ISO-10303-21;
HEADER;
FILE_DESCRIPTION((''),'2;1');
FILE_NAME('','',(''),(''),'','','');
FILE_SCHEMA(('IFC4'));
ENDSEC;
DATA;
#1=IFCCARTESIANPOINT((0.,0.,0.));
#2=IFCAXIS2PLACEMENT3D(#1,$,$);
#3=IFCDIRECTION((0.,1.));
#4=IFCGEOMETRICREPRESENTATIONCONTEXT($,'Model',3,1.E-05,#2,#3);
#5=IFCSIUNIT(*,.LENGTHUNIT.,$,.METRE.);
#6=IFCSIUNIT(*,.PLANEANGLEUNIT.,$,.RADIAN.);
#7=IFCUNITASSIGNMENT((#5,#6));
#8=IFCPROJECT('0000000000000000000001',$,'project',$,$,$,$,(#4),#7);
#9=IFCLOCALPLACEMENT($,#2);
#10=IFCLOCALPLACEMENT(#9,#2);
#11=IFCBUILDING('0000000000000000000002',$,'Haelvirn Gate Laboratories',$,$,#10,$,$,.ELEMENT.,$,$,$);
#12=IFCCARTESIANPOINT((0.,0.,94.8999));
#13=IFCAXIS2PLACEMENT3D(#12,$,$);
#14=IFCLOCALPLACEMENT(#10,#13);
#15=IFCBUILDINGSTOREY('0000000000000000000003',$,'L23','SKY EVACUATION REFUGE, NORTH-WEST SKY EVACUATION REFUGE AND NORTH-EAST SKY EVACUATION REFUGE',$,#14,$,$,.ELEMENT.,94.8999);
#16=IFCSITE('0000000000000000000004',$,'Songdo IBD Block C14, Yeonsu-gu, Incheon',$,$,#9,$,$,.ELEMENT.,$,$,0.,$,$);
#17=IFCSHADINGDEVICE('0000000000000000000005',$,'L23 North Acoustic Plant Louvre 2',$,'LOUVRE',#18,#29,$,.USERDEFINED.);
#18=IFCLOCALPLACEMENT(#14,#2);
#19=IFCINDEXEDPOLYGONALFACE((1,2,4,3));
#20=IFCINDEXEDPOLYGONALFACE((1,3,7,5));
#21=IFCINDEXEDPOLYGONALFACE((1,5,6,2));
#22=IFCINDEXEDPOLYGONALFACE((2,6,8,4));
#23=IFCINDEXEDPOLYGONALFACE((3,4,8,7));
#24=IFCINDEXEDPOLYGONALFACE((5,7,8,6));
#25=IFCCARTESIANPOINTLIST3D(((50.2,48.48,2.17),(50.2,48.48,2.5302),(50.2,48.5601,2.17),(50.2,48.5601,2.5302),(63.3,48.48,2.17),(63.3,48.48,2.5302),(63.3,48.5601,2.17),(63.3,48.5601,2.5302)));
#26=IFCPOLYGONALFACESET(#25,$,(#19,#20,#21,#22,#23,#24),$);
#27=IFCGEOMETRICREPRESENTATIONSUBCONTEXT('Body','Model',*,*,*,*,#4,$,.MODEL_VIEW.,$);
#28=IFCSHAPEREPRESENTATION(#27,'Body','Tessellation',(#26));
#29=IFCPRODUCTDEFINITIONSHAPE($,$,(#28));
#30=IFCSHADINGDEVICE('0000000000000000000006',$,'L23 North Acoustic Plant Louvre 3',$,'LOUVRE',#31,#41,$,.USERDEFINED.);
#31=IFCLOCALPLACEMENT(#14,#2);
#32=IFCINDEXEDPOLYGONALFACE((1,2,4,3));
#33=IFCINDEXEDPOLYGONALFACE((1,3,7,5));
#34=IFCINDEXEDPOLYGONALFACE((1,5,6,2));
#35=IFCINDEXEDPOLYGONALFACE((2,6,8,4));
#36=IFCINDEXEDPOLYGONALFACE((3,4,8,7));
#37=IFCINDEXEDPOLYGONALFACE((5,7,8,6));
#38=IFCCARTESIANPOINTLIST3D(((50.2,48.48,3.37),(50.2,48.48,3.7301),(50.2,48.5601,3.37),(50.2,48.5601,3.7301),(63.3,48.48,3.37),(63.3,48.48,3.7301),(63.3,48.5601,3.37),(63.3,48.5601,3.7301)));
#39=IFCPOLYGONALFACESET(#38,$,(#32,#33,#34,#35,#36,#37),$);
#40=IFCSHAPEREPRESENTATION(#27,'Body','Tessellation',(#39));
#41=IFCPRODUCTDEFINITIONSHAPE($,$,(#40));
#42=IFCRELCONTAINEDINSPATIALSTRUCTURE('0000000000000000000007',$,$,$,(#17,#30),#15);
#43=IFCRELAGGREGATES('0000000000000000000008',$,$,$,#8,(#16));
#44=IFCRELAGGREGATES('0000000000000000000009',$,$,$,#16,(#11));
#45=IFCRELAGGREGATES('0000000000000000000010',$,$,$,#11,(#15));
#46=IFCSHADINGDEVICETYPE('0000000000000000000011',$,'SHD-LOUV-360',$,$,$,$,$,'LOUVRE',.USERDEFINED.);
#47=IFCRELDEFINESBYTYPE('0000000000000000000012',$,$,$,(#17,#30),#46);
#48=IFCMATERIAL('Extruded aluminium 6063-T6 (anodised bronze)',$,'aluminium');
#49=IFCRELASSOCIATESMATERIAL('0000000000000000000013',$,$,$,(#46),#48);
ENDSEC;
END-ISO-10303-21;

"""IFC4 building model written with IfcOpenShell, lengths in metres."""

from ifc_helpers import new_model, si_unit, direction, frame, origin, origin_2d, place, context, subcontext, project, spatial, rectangle, extrude, source, transform, mapped, material, material_profile, profile_set, type_object, type_shapes, element, save


model = new_model("IFC4")

# Units and contexts
model_context = context("Model", 3, precision=1e-05, world=origin(), true_north=direction((0.0, 1.0)))
body_context = subcontext(model_context, "Body", "Model", "MODEL_VIEW")
ifc_project = project(units=[si_unit("LENGTHUNIT", "METRE"), si_unit("PLANEANGLEUNIT", "RADIAN")], contexts=[model_context])

# Site, building, storey
site_placement = place(None, origin())
site = spatial("IfcSite", under=ifc_project, at=site_placement, Name="Songdo IBD Block C14, Yeonsu-gu, Incheon", CompositionType="ELEMENT", RefElevation=0.0)
building_placement = place(site_placement, origin())
building = spatial("IfcBuilding", under=site, at=building_placement, Name="Haelvirn Gate Laboratories", CompositionType="ELEMENT")
storey_placement = place(building_placement, frame((0.0, 0.0, 94.8999)))
storey = spatial("IfcBuildingStorey", under=building, at=storey_placement, Name="L23", Description="SKY EVACUATION REFUGE, NORTH-WEST SKY EVACUATION REFUGE AND NORTH-EAST SKY EVACUATION REFUGE", CompositionType="ELEMENT", Elevation=94.8999)

# Shared definitions
ifc_material_1 = material(Name="Extruded aluminium 6063-T6 (anodised bronze)", Category="aluminium")

# Shading devices
ifc_material_profile_1 = material_profile(ifc_material_1, rectangle(XDim=0.0801, YDim=0.3601, at=origin_2d()), Name="LOUV-360x80")
ifc_profile_set_1 = profile_set([ifc_material_profile_1], Name="Extruded aluminium 6063-T6 (anodised bronze)")
shading_device_type = type_object("IfcShadingDeviceType", Name="SHD-LOUV-360", ElementType="LOUVRE", PredefinedType="USERDEFINED", material=ifc_profile_set_1)
shared_shape_1 = source(origin(), body_context, "Body", "SweptSolid", [
    extrude(rectangle(XDim=0.0801, YDim=0.3601, at=origin_2d()), origin(), (0.0, 0.0, 1.0), 13.1001),
])
type_shapes(shading_device_type, [shared_shape_1])
for number, where, z_axis, x_axis, name in (
    (1, (50.2, 48.52, 2.3501), (1.0, 0.0, 0.0), (0.0, 1.0, 0.0), "L23 North Acoustic Plant Louvre 2"),
    (2, (50.2, 48.52, 3.55), (1.0, 0.0, 0.0), (0.0, 1.0, 0.0), "L23 North Acoustic Plant Louvre 3"),
):
    element("IfcShadingDevice", number, at=place(storey_placement, frame(where, z_axis=z_axis, x_axis=x_axis)), inside=storey, type_object=shading_device_type, Name=name, ObjectType="LOUVRE", PredefinedType="USERDEFINED", context=body_context, shape_type="MappedRepresentation", body=[
        mapped(shared_shape_1, transform((0.0, 0.0, 0.0), scale=1.0)),
    ])

save(model, "model.ifc")
